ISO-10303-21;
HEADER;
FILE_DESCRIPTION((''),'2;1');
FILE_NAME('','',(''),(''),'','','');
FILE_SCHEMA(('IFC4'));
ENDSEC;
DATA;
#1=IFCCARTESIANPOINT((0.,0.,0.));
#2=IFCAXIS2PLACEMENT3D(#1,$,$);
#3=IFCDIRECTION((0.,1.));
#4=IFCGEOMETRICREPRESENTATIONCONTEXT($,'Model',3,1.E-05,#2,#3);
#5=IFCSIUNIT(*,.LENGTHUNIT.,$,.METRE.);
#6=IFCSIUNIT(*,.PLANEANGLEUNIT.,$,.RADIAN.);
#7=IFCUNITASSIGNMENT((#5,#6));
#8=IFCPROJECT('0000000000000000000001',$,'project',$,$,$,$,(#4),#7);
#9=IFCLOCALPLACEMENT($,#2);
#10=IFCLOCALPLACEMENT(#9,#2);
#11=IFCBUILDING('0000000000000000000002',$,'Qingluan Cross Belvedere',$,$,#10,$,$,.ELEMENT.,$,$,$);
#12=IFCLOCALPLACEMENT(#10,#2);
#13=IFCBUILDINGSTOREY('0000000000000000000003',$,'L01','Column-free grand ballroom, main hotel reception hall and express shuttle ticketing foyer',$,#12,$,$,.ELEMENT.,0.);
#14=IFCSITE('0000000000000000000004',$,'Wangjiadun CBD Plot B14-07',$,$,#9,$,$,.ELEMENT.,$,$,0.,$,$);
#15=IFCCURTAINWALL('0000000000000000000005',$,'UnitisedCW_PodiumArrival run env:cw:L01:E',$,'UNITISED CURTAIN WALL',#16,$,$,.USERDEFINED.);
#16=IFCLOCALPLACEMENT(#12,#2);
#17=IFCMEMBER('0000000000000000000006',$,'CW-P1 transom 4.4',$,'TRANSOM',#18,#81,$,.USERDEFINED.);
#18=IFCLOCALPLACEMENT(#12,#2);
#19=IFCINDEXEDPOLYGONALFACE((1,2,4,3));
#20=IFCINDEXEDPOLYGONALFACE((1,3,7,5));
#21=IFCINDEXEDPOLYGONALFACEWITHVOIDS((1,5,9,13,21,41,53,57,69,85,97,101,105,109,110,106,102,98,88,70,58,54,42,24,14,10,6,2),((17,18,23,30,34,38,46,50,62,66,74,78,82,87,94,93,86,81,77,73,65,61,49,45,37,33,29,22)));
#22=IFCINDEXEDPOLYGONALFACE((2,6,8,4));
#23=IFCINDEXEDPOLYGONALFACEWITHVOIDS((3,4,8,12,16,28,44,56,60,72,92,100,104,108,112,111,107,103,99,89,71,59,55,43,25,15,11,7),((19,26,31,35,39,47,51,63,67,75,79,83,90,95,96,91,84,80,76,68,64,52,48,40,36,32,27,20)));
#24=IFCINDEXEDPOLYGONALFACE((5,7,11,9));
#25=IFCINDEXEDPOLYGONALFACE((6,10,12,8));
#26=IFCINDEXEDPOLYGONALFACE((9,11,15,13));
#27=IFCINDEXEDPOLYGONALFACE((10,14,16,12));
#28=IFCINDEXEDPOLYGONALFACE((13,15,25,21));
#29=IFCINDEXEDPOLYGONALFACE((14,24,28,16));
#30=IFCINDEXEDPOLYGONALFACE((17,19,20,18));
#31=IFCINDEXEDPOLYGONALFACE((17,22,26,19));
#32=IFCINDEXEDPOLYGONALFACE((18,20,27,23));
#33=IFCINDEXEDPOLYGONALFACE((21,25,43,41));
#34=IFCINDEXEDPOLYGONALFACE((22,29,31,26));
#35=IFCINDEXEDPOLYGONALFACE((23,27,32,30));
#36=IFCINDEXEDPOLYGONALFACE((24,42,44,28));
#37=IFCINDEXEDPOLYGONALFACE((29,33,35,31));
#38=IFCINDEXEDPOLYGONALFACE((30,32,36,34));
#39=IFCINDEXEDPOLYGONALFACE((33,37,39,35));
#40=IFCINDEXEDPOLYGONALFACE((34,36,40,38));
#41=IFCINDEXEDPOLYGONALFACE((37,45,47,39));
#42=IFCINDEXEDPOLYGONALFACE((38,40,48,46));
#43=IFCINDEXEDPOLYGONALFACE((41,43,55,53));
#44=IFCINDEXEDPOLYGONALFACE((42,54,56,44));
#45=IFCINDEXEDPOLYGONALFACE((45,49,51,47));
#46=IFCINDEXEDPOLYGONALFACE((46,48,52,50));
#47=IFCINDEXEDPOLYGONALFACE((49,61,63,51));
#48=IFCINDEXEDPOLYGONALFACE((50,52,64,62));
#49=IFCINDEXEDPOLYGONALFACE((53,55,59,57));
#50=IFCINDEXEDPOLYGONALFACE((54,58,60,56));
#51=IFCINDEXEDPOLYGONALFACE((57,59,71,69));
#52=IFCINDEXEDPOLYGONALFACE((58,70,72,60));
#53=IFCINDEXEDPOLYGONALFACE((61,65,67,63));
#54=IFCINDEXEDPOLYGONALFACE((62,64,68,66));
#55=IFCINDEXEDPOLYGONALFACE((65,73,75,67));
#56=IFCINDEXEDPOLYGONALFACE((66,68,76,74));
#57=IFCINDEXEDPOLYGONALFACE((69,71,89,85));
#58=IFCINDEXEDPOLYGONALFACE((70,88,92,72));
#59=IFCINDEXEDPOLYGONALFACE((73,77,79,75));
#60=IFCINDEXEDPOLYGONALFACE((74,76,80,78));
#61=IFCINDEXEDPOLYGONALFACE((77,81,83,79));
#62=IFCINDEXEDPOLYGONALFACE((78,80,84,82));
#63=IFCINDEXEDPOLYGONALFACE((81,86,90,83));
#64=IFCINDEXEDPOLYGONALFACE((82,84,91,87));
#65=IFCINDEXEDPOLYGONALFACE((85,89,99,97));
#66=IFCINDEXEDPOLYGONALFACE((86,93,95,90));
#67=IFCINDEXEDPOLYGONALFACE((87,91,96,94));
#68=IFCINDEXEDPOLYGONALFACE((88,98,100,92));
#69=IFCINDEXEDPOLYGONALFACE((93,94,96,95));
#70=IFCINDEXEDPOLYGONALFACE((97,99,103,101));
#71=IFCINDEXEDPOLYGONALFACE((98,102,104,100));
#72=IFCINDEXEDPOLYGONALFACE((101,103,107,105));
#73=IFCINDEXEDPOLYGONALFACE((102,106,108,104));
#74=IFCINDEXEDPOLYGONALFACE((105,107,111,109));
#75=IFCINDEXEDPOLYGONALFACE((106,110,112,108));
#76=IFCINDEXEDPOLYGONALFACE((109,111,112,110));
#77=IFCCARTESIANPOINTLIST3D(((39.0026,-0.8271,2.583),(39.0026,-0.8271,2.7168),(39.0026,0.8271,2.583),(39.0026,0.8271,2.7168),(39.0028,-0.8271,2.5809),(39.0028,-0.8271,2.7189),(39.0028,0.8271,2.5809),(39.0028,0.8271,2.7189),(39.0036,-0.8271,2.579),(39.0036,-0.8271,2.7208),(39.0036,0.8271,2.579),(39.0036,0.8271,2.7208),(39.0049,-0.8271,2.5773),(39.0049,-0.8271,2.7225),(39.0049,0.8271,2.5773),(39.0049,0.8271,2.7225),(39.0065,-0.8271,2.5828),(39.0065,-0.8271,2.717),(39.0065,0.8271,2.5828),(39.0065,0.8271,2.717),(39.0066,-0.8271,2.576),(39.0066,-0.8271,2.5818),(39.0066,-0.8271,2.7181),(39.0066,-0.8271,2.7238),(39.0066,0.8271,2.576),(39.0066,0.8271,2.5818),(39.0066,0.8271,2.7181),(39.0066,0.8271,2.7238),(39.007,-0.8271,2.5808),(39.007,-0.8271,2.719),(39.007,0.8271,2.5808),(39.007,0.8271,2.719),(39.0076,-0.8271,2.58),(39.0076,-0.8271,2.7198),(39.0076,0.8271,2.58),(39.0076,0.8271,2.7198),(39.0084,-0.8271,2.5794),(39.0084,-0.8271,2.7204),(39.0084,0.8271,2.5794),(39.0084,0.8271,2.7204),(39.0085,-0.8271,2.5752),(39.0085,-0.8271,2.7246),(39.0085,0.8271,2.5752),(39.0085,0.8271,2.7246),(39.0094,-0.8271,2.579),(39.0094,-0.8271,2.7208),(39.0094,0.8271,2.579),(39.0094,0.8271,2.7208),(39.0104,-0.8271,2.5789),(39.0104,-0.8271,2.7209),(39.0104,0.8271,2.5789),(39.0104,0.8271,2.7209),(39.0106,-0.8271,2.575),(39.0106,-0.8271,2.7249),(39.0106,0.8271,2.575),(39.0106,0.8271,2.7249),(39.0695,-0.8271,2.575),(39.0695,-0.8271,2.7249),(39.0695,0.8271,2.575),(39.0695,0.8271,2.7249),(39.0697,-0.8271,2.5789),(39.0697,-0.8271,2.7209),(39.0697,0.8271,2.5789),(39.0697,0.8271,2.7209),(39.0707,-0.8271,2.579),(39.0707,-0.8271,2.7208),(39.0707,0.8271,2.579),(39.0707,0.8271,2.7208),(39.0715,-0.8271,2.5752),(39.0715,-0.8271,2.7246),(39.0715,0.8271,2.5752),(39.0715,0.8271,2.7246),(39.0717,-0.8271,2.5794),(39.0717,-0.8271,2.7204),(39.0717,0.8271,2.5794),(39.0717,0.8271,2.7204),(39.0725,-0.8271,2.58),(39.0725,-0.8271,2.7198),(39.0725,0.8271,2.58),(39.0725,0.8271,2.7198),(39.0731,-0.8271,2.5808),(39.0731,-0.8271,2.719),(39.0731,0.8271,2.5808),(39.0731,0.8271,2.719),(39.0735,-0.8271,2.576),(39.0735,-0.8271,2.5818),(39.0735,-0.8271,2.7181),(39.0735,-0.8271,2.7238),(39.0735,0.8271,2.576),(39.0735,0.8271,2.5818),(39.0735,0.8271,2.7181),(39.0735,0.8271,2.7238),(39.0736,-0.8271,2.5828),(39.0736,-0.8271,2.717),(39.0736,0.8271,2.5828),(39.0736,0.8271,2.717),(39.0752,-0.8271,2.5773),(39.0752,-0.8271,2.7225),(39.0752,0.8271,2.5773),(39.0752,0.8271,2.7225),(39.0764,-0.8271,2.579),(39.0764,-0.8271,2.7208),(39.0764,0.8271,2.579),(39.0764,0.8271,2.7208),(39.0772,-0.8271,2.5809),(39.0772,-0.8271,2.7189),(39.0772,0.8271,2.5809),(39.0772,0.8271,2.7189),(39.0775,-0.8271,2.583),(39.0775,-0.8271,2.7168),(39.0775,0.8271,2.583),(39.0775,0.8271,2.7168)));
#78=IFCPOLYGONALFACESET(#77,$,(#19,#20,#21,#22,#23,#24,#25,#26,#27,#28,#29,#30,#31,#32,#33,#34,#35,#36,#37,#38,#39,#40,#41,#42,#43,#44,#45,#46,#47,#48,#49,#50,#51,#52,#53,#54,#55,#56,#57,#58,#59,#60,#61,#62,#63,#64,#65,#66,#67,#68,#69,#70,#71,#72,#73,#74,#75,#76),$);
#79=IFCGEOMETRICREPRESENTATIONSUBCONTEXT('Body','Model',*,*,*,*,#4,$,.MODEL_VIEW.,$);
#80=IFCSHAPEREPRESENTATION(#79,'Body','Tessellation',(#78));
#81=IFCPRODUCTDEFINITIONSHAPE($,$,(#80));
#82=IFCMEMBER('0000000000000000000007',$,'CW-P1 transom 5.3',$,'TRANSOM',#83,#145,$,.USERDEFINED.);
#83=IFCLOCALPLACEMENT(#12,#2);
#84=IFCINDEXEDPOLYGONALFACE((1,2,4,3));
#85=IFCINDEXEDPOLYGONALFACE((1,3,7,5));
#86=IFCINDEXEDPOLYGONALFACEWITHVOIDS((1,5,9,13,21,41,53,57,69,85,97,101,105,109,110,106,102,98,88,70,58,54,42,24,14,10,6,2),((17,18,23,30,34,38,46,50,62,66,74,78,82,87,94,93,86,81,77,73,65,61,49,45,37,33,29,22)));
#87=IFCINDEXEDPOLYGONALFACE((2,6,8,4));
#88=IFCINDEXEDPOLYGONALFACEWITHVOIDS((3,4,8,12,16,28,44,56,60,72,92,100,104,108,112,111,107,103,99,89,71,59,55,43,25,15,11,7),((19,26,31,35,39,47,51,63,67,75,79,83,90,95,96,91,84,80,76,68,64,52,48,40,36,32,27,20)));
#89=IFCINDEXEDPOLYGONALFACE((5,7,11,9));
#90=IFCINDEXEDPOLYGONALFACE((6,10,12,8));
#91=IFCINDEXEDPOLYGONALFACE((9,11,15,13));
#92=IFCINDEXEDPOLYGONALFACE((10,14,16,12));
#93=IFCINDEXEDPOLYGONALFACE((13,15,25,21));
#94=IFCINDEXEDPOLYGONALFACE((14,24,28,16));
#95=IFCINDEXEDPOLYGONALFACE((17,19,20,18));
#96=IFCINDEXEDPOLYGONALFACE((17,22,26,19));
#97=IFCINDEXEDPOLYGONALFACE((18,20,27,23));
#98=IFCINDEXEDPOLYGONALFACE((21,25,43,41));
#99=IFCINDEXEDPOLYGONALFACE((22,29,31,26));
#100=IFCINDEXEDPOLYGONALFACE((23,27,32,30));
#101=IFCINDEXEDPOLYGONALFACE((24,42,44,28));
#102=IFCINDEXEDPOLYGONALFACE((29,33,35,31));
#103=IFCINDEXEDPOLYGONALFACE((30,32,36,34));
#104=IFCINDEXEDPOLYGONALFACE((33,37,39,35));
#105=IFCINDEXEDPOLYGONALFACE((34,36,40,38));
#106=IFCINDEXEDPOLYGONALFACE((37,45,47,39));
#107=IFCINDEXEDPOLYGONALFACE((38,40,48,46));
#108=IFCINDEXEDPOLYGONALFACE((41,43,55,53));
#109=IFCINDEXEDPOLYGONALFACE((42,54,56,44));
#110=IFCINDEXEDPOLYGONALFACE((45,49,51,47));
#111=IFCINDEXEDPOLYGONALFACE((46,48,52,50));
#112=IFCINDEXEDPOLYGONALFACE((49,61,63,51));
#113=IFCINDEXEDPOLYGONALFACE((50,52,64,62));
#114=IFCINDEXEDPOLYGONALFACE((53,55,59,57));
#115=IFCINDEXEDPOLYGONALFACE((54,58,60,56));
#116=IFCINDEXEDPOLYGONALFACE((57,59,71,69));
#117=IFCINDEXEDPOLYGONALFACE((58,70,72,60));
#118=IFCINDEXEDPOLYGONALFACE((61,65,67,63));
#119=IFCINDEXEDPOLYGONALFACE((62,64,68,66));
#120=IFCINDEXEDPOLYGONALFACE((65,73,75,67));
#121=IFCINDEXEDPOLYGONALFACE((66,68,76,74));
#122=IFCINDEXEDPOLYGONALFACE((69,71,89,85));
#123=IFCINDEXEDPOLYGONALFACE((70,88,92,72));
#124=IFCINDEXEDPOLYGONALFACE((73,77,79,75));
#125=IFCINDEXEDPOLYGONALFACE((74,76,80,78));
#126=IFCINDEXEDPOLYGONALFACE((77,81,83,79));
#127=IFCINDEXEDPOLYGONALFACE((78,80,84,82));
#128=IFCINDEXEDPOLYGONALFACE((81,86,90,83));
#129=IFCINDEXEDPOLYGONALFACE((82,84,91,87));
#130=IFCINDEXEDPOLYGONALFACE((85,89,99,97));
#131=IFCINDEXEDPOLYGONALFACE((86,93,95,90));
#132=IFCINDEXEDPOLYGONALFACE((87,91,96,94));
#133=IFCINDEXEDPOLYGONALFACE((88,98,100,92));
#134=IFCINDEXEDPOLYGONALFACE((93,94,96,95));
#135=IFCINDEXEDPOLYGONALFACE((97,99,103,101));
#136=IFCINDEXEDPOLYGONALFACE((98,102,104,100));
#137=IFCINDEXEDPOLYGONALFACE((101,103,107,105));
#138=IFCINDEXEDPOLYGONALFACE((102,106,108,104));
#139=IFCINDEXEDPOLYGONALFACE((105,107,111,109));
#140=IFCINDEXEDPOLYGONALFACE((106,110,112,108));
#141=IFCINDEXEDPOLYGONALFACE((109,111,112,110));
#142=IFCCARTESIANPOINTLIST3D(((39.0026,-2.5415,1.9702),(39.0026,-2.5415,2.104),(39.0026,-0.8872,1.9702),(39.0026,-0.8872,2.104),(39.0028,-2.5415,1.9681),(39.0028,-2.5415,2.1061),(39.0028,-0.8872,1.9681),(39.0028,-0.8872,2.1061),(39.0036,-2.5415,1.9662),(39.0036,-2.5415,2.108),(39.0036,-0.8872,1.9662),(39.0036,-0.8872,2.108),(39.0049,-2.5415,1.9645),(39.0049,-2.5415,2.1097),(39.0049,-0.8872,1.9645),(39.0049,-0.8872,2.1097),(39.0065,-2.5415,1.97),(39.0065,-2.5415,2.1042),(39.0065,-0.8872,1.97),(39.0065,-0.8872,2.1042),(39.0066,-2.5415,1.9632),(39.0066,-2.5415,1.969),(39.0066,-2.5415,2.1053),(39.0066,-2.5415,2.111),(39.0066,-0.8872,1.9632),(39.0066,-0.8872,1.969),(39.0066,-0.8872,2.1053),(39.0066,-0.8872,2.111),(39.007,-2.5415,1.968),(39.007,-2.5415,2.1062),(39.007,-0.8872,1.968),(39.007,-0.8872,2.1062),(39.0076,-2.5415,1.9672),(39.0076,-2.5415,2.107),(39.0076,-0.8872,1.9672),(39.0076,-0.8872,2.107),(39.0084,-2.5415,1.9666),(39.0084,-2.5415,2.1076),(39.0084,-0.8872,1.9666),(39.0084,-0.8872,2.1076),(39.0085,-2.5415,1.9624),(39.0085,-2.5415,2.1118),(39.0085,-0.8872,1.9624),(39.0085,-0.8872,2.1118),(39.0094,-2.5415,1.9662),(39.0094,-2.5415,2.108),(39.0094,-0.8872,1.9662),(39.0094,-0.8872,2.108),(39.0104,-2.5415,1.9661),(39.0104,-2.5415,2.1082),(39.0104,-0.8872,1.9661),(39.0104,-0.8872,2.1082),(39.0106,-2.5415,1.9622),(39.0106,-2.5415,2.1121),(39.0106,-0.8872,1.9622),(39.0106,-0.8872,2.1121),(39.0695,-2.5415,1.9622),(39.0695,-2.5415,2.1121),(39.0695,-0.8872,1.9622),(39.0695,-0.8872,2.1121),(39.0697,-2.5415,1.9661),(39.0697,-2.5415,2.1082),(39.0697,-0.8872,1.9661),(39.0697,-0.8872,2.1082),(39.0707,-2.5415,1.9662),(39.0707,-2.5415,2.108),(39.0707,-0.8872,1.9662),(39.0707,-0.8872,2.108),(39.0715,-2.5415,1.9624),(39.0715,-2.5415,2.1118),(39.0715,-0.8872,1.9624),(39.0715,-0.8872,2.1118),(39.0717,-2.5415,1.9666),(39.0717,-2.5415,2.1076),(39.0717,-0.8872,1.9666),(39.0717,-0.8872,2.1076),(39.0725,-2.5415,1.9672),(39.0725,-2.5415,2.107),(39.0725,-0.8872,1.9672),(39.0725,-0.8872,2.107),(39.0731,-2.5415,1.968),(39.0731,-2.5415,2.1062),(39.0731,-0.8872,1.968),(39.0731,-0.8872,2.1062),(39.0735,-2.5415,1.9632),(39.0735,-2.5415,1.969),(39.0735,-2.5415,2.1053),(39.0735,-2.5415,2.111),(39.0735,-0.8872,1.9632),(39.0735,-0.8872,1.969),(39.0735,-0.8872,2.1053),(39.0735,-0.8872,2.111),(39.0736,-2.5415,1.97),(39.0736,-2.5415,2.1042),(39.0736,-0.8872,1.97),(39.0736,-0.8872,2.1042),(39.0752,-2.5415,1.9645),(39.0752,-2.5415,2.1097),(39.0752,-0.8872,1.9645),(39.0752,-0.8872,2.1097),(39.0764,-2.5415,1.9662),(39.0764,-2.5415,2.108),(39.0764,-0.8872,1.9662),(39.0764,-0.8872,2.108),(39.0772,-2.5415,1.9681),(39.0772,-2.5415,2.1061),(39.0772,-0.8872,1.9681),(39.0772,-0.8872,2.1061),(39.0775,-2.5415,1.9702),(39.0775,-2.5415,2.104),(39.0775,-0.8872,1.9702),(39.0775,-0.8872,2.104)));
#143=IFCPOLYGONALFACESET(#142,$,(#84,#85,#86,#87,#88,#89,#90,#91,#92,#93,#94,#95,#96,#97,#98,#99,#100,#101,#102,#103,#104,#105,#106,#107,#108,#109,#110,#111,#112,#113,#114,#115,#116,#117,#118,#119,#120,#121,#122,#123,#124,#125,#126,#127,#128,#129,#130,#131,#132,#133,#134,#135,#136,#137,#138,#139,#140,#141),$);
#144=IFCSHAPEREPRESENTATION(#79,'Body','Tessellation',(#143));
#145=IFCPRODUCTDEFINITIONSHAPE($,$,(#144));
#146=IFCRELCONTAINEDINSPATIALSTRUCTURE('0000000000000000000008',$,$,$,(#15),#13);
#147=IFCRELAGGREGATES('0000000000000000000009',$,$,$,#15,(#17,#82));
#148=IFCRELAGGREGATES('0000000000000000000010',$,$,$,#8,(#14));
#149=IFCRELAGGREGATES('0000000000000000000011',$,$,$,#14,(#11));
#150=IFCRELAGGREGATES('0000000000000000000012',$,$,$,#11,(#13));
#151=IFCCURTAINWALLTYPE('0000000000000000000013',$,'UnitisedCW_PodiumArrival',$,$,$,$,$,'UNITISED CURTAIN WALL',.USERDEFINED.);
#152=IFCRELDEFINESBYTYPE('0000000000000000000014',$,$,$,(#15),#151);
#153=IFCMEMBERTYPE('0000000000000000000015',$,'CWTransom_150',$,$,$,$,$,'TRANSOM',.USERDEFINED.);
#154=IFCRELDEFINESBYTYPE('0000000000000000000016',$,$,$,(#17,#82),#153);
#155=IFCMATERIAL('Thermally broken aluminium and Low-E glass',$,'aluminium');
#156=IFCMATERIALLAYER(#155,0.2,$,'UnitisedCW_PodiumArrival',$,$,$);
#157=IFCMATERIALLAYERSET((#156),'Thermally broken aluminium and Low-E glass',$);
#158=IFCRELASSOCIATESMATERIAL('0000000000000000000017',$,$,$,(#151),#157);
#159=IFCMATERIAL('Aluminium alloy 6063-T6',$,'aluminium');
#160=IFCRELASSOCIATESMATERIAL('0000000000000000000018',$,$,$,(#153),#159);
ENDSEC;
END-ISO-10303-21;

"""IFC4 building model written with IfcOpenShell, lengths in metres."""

from ifc_helpers import new_model, si_unit, direction, frame, origin, origin_2d, place, context, subcontext, project, spatial, hollow_rectangle, extrude, material, layer, layer_set, material_profile, profile_set, type_object, element, aggregate, save


model = new_model("IFC4")

# Units and contexts
model_context = context("Model", 3, precision=1e-05, world=origin(), true_north=direction((0.0, 1.0)))
body_context = subcontext(model_context, "Body", "Model", "MODEL_VIEW")
ifc_project = project(units=[si_unit("LENGTHUNIT", "METRE"), si_unit("PLANEANGLEUNIT", "RADIAN")], contexts=[model_context])

# Site, building, storey
site_placement = place(None, origin())
site = spatial("IfcSite", under=ifc_project, at=site_placement, Name="Wangjiadun CBD Plot B14-07", CompositionType="ELEMENT", RefElevation=0.0)
building_placement = place(site_placement, origin())
building = spatial("IfcBuilding", under=site, at=building_placement, Name="Qingluan Cross Belvedere", CompositionType="ELEMENT")
storey_placement = place(building_placement, origin())
storey = spatial("IfcBuildingStorey", under=building, at=storey_placement, Name="L01", Description="Column-free grand ballroom, main hotel reception hall and express shuttle ticketing foyer", CompositionType="ELEMENT", Elevation=0.0)

# Curtain wall, members
ifc_material_1 = material(Name="Thermally broken aluminium and Low-E glass", Category="aluminium")
ifc_layer_1 = layer(ifc_material_1, 0.2, Name="UnitisedCW_PodiumArrival")
ifc_layer_set_1 = layer_set([ifc_layer_1], Name="Thermally broken aluminium and Low-E glass")
curtain_wall_type = type_object("IfcCurtainWallType", Name="UnitisedCW_PodiumArrival", ElementType="UNITISED CURTAIN WALL", PredefinedType="USERDEFINED", material=ifc_layer_set_1)
curtain_wall_placement = place(storey_placement, origin())
curtain_wall = element("IfcCurtainWall", 1, at=curtain_wall_placement, inside=storey, type_object=curtain_wall_type, Name="UnitisedCW_PodiumArrival run env:cw:L01:E", ObjectType="UNITISED CURTAIN WALL", PredefinedType="USERDEFINED")
ifc_material_2 = material(Name="Aluminium alloy 6063-T6", Category="aluminium")
ifc_material_profile_1 = material_profile(ifc_material_2, hollow_rectangle(XDim=0.075, YDim=0.1499, WallThickness=0.0039, InnerFilletRadius=0.0039, OuterFilletRadius=0.0081, at=origin_2d()), Name="CWT150x75x4")
ifc_profile_set_1 = profile_set([ifc_material_profile_1], Name="Aluminium alloy 6063-T6")
member_type_1 = type_object("IfcMemberType", Name="CWTransom_150", ElementType="TRANSOM", PredefinedType="USERDEFINED", material=ifc_profile_set_1)
member_1_placement = place(storey_placement, frame((39.04, 0.8271, 2.6499), z_axis=(0.0, -1.0, 0.0), x_axis=(1.0, 0.0, 0.0)))
member_1 = element("IfcMember", 2, at=member_1_placement, type_object=member_type_1, Name="CW-P1 transom 4.4", ObjectType="TRANSOM", PredefinedType="USERDEFINED", context=body_context, shape_type="SweptSolid", body=[
    extrude(hollow_rectangle(XDim=0.075, YDim=0.1499, WallThickness=0.0039, InnerFilletRadius=0.0039, OuterFilletRadius=0.0081, at=origin_2d()), origin(), (0.0, 0.0, 1.0), 1.6543),
])
member_2_placement = place(storey_placement, frame((39.04, -0.8872, 2.0371), z_axis=(0.0, -1.0, 0.0), x_axis=(1.0, 0.0, 0.0)))
member_2 = element("IfcMember", 3, at=member_2_placement, type_object=member_type_1, Name="CW-P1 transom 5.3", ObjectType="TRANSOM", PredefinedType="USERDEFINED", context=body_context, shape_type="SweptSolid", body=[
    extrude(hollow_rectangle(XDim=0.075, YDim=0.1499, WallThickness=0.0039, InnerFilletRadius=0.0039, OuterFilletRadius=0.0081, at=origin_2d()), origin(), (0.0, 0.0, 1.0), 1.6543),
])
aggregate(curtain_wall, [member_1, member_2])

save(model, "model.ifc")
